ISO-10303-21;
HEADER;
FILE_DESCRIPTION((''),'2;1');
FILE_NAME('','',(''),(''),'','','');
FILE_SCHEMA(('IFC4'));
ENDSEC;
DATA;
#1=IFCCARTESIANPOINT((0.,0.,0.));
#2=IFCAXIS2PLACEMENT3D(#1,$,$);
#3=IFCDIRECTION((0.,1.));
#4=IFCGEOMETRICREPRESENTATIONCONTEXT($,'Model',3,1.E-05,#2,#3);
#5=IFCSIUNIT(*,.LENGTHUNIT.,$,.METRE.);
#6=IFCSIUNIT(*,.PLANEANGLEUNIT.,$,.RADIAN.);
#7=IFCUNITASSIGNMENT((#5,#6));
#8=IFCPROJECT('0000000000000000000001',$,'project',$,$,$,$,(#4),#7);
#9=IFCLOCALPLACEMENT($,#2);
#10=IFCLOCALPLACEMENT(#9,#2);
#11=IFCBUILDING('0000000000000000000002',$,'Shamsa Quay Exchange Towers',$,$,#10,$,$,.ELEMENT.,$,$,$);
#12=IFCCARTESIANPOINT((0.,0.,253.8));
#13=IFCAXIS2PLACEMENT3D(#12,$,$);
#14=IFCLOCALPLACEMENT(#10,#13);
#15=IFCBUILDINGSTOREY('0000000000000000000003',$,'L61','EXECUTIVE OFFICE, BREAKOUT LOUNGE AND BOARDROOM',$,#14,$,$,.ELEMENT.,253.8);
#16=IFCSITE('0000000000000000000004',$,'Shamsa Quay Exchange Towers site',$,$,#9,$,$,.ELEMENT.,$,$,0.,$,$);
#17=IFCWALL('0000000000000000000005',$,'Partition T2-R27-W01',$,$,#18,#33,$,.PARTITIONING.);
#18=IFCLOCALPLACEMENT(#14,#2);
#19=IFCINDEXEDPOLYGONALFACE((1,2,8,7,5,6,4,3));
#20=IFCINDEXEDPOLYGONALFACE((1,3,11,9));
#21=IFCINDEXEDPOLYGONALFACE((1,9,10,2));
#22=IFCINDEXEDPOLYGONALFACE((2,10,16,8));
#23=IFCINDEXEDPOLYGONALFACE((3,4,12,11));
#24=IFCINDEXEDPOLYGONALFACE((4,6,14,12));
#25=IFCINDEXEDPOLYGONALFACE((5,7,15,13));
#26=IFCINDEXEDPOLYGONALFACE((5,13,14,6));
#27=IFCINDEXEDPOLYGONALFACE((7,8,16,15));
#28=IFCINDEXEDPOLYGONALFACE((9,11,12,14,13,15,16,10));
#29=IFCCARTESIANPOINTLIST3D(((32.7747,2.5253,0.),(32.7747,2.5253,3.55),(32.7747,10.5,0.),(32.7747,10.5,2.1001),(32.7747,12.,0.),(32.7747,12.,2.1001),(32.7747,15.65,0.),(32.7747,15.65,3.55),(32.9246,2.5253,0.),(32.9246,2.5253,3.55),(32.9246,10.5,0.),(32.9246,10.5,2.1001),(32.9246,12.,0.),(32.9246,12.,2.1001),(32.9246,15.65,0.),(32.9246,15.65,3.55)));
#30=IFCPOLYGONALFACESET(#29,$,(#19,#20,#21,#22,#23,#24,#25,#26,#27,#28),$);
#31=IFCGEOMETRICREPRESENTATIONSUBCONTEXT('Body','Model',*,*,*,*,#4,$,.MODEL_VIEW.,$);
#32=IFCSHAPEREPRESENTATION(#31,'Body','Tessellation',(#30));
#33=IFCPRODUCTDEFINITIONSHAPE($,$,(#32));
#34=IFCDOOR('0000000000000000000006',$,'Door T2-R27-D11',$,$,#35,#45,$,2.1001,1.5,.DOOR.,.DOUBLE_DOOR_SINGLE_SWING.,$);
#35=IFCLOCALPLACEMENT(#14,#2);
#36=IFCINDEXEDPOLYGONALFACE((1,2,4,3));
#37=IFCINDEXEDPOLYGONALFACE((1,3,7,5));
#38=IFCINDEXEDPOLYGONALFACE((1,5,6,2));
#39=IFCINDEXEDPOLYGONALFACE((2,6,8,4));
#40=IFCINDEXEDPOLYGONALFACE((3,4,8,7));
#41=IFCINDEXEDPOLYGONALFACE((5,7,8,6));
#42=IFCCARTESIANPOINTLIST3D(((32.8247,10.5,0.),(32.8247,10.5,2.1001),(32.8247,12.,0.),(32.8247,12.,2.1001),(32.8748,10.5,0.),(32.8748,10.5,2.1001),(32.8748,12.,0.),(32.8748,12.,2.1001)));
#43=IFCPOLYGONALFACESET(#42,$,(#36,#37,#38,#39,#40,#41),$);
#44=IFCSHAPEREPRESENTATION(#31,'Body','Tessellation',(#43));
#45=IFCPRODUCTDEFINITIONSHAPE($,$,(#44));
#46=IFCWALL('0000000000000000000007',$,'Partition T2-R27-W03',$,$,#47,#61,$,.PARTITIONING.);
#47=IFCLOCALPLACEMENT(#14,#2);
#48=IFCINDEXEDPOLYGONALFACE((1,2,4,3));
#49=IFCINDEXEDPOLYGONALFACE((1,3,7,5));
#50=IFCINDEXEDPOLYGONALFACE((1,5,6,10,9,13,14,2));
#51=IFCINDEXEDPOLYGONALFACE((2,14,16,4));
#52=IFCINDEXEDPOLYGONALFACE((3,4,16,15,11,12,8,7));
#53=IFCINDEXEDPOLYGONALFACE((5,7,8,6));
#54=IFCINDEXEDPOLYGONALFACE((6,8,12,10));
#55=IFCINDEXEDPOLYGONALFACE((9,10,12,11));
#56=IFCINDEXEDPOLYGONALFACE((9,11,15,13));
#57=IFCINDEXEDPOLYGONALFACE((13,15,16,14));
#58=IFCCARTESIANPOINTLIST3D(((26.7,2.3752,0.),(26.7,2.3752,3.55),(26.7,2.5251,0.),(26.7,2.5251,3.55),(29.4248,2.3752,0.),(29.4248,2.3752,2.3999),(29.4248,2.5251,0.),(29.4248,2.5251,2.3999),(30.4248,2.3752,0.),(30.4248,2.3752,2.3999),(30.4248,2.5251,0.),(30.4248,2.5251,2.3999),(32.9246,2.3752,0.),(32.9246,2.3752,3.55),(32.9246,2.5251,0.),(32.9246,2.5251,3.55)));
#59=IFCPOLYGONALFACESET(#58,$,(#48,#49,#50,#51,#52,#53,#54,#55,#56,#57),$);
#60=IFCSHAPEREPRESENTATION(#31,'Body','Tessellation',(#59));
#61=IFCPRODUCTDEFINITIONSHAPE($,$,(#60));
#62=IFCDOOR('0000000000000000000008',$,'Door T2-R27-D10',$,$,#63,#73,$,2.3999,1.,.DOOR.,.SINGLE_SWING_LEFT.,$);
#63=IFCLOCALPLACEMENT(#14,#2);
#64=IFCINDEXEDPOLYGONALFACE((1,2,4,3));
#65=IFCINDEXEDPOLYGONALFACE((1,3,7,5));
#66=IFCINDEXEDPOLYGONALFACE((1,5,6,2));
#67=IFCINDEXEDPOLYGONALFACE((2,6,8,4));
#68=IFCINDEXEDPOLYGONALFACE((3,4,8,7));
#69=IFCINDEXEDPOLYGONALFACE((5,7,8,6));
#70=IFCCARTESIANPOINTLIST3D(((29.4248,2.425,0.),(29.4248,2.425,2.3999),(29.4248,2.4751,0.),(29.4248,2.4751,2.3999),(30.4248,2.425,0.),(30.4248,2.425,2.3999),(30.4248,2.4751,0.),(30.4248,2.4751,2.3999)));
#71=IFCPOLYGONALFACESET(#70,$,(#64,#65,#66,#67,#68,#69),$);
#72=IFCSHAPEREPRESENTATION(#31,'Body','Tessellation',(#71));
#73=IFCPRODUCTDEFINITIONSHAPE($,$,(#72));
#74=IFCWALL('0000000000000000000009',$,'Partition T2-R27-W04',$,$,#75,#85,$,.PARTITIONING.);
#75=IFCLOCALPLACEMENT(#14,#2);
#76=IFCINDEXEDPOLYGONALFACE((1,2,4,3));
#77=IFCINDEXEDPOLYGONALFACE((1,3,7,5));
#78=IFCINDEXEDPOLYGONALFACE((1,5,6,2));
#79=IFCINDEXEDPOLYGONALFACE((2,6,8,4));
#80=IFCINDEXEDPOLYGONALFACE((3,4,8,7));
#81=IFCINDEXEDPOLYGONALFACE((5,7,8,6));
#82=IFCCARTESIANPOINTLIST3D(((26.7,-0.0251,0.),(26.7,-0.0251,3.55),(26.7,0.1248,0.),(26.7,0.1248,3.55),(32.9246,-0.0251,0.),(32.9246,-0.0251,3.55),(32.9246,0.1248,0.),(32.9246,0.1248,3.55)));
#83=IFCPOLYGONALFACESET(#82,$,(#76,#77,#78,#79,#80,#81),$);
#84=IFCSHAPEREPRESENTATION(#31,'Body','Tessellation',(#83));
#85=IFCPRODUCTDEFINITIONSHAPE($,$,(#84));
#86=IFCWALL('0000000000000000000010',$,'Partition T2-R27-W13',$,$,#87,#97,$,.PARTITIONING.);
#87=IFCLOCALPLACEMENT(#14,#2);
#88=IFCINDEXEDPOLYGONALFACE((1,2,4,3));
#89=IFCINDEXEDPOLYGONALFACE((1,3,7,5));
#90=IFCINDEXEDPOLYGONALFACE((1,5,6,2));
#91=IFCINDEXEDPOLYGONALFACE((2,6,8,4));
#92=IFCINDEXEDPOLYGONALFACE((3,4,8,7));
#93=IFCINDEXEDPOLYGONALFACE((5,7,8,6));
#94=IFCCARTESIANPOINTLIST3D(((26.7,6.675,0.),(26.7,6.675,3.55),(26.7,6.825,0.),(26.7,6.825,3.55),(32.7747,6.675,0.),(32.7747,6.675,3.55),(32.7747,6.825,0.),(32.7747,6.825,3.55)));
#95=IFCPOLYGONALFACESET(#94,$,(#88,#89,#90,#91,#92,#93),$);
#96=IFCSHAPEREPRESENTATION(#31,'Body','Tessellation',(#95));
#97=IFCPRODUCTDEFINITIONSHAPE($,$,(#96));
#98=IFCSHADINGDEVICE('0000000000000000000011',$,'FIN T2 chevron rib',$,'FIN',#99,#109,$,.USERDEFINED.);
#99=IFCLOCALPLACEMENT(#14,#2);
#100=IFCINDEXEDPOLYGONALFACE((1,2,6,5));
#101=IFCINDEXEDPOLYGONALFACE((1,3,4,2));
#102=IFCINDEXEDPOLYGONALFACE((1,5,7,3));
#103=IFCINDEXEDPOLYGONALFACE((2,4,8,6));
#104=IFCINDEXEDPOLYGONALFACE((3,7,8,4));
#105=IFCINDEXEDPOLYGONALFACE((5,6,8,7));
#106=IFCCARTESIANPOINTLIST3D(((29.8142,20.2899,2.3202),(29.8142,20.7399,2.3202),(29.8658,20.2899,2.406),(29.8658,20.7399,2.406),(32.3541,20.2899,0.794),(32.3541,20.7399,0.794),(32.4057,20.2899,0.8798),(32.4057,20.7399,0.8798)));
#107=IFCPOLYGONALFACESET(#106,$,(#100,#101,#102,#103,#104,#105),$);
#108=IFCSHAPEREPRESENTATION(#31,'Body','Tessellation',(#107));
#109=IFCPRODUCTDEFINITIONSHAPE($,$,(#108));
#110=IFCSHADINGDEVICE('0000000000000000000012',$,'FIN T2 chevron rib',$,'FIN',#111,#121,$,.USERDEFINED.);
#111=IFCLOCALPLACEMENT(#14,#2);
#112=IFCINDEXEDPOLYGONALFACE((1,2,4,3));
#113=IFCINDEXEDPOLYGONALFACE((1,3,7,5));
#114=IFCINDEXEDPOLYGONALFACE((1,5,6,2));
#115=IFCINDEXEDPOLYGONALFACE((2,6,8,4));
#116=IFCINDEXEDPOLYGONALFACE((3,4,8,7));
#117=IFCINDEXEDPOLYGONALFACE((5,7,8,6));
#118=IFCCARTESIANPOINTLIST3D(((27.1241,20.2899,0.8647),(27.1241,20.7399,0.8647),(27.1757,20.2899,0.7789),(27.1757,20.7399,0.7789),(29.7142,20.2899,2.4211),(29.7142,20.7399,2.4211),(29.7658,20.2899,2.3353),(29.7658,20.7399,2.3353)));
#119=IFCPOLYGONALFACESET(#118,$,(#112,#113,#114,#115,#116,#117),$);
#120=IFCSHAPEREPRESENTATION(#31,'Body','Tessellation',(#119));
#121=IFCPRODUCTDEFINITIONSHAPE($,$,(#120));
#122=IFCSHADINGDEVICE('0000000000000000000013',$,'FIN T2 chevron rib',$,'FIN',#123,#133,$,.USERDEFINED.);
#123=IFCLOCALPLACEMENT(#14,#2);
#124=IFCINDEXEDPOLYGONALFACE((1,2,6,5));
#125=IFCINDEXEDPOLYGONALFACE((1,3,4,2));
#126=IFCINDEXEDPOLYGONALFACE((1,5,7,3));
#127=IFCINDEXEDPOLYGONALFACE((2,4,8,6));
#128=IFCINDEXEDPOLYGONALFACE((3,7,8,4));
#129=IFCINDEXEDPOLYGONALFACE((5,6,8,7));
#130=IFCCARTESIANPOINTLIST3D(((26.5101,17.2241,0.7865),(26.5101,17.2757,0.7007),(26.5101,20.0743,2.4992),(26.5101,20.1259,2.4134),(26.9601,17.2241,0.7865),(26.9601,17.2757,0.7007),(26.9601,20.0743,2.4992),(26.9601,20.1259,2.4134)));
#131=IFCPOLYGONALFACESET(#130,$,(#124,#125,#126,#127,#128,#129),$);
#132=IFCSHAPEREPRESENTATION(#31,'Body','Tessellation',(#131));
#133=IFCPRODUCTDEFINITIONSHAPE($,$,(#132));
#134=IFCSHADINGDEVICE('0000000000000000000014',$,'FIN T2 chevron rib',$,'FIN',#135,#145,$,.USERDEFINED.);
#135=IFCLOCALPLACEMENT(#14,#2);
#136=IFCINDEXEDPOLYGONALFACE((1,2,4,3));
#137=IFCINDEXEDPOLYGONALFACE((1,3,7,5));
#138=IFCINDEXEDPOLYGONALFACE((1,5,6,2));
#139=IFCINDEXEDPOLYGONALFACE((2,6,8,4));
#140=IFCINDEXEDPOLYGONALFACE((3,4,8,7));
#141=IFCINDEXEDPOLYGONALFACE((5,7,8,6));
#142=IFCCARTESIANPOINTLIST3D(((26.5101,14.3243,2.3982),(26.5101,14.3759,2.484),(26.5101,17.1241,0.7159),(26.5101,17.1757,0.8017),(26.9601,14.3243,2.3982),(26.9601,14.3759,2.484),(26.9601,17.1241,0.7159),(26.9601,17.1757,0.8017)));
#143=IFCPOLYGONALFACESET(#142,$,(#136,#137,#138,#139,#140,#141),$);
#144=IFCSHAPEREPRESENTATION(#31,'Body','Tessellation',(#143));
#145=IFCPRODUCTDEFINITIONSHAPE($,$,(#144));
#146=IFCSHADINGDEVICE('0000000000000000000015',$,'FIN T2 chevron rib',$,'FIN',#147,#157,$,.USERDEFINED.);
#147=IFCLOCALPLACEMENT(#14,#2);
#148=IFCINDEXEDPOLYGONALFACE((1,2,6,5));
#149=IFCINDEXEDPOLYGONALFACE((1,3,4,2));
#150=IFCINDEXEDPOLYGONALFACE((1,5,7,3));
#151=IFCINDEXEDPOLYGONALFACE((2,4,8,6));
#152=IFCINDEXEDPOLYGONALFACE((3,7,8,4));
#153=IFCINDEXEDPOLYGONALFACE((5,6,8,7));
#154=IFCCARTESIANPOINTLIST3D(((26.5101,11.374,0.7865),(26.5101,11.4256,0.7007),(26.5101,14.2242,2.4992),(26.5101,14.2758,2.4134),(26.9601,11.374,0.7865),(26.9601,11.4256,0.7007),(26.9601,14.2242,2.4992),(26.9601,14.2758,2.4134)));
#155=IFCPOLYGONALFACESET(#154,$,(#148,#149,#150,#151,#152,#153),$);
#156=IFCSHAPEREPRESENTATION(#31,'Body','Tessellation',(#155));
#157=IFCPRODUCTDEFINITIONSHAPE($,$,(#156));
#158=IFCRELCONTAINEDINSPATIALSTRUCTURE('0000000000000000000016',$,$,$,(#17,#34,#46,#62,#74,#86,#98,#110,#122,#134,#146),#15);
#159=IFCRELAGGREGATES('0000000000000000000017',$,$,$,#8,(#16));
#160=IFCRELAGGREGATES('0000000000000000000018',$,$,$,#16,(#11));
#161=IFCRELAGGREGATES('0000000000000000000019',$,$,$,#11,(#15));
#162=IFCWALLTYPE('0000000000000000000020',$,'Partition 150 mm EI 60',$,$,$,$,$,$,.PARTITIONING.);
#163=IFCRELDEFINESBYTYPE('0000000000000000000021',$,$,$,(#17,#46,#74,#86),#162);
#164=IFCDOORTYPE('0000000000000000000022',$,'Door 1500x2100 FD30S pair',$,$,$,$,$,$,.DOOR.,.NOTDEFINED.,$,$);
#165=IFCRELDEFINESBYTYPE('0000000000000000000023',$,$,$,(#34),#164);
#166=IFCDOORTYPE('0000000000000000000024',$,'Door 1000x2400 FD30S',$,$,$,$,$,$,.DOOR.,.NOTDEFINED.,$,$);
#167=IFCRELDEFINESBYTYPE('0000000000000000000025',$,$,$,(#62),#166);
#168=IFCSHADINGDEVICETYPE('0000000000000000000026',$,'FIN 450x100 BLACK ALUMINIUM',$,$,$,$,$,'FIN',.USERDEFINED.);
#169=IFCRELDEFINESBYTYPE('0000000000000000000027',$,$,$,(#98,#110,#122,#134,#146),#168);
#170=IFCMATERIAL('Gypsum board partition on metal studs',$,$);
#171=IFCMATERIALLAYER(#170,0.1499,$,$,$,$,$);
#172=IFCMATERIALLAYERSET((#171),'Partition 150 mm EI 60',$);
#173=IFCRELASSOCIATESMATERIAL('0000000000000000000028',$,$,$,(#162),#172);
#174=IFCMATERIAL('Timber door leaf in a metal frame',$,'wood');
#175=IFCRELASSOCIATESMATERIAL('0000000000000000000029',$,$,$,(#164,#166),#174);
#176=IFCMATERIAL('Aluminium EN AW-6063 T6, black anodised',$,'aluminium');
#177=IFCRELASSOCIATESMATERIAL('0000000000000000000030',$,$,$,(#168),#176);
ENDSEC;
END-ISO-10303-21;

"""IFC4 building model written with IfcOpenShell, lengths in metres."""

from ifc_helpers import new_model, si_unit, direction, frame, frame_2d, origin, origin_2d, place, context, subcontext, project, spatial, rectangle, extrude, material, layer, layer_set, material_profile, profile_set, type_object, element, fill, save


model = new_model("IFC4")

# Units and contexts
model_context = context("Model", 3, precision=1e-05, world=origin(), true_north=direction((0.0, 1.0)))
body_context = subcontext(model_context, "Body", "Model", "MODEL_VIEW")
ifc_project = project(units=[si_unit("LENGTHUNIT", "METRE"), si_unit("PLANEANGLEUNIT", "RADIAN")], contexts=[model_context])

# Site, building, storey
site_placement = place(None, origin())
site = spatial("IfcSite", under=ifc_project, at=site_placement, Name="Shamsa Quay Exchange Towers site", CompositionType="ELEMENT", RefElevation=0.0)
building_placement = place(site_placement, origin())
building = spatial("IfcBuilding", under=site, at=building_placement, Name="Shamsa Quay Exchange Towers", CompositionType="ELEMENT")
storey_placement = place(building_placement, frame((0.0, 0.0, 253.8)))
storey = spatial("IfcBuildingStorey", under=building, at=storey_placement, Name="L61", Description="EXECUTIVE OFFICE, BREAKOUT LOUNGE AND BOARDROOM", CompositionType="ELEMENT", Elevation=253.8)

# Shared definitions
ifc_material_1 = material(Name="Aluminium EN AW-6063 T6, black anodised", Category="aluminium")

# Shared definitions
ifc_material_2 = material(Name="Timber door leaf in a metal frame", Category="wood")

# Walls, openings, doors
ifc_material_3 = material(Name="Gypsum board partition on metal studs")
ifc_layer_1 = layer(ifc_material_3, 0.1499)
ifc_layer_set_1 = layer_set([ifc_layer_1], Name="Partition 150 mm EI 60")
wall_type_1 = type_object("IfcWallType", Name="Partition 150 mm EI 60", PredefinedType="PARTITIONING", material=ifc_layer_set_1)
wall_1_placement = place(storey_placement, frame((32.8496, 2.5251, 0.0), z_axis=(0.0, 0.0, 1.0), x_axis=(0.0, 1.0, 0.0)))
wall_1 = element("IfcWall", 1, at=wall_1_placement, inside=storey, type_object=wall_type_1, Name="Partition T2-R27-W01", PredefinedType="PARTITIONING", context=body_context, shape_type="SweptSolid", body=[
    extrude(rectangle(XDim=13.1248, YDim=0.1499, at=frame_2d((6.5625, 0.0))), origin(), (0.0, 0.0, 1.0), 3.55),
])
opening_1_placement = place(wall_1_placement, frame((7.9749, 0.0, 0.0)))
opening_1 = element("IfcOpeningElement", 2, at=opening_1_placement, cuts=wall_1, PredefinedType="OPENING", context=body_context, shape_type="SweptSolid", body=[
    extrude(rectangle(XDim=1.5, YDim=2.1001, at=frame_2d((0.75, 1.05))), frame((0.0, 0.085, 0.0), z_axis=(0.0, -1.0, 0.0), x_axis=(1.0, 0.0, 0.0)), (0.0, 0.0, 1.0), 0.1699),
])
door_type_1 = type_object("IfcDoorType", Name="Door 1500x2100 FD30S pair", OperationType="NOTDEFINED", PredefinedType="DOOR", material=ifc_material_2)
door_1_placement = place(opening_1_placement, origin())
door_1 = element("IfcDoor", 3, at=door_1_placement, inside=storey, type_object=door_type_1, Name="Door T2-R27-D11", OperationType="DOUBLE_DOOR_SINGLE_SWING", OverallHeight=2.1001, OverallWidth=1.5, PredefinedType="DOOR", context=body_context, shape_type="SweptSolid", body=[
    extrude(rectangle(XDim=1.5, YDim=2.1001, at=frame_2d((0.75, 1.05))), frame((0.0, 0.0249, 0.0), z_axis=(0.0, -1.0, 0.0), x_axis=(1.0, 0.0, 0.0)), (0.0, 0.0, 1.0), 0.05),
])
fill(opening_1, door_1)
wall_2_placement = place(storey_placement, frame((26.7, 2.4502, 0.0)))
wall_2 = element("IfcWall", 4, at=wall_2_placement, inside=storey, type_object=wall_type_1, Name="Partition T2-R27-W03", PredefinedType="PARTITIONING", context=body_context, shape_type="SweptSolid", body=[
    extrude(rectangle(XDim=6.2246, YDim=0.1499, at=frame_2d((3.1123, 0.0))), origin(), (0.0, 0.0, 1.0), 3.55),
])
opening_2_placement = place(wall_2_placement, frame((2.7249, 0.0, 0.0)))
opening_2 = element("IfcOpeningElement", 5, at=opening_2_placement, cuts=wall_2, PredefinedType="OPENING", context=body_context, shape_type="SweptSolid", body=[
    extrude(rectangle(XDim=1.0, YDim=2.3999, at=frame_2d((0.5, 1.2))), frame((0.0, 0.085, 0.0), z_axis=(0.0, -1.0, 0.0), x_axis=(1.0, 0.0, 0.0)), (0.0, 0.0, 1.0), 0.1699),
])
door_type_2 = type_object("IfcDoorType", Name="Door 1000x2400 FD30S", OperationType="NOTDEFINED", PredefinedType="DOOR", material=ifc_material_2)
door_2_placement = place(opening_2_placement, origin())
door_2 = element("IfcDoor", 6, at=door_2_placement, inside=storey, type_object=door_type_2, Name="Door T2-R27-D10", OperationType="SINGLE_SWING_LEFT", OverallHeight=2.3999, OverallWidth=1.0, PredefinedType="DOOR", context=body_context, shape_type="SweptSolid", body=[
    extrude(rectangle(XDim=1.0, YDim=2.3999, at=frame_2d((0.5, 1.2))), frame((0.0, 0.0249, 0.0), z_axis=(0.0, -1.0, 0.0), x_axis=(1.0, 0.0, 0.0)), (0.0, 0.0, 1.0), 0.05),
])
fill(opening_2, door_2)

# Walls
wall_3_placement = place(storey_placement, frame((32.9246, 0.0498, 0.0), z_axis=(0.0, 0.0, 1.0), x_axis=(-1.0, 0.0, 0.0)))
element("IfcWall", 7, at=wall_3_placement, inside=storey, type_object=wall_type_1, Name="Partition T2-R27-W04", PredefinedType="PARTITIONING", context=body_context, shape_type="SweptSolid", body=[
    extrude(rectangle(XDim=6.2246, YDim=0.1499, at=frame_2d((3.1123, 0.0))), origin(), (0.0, 0.0, 1.0), 3.55),
])
wall_4_placement = place(storey_placement, frame((32.7747, 6.75, 0.0), z_axis=(0.0, 0.0, 1.0), x_axis=(-1.0, 0.0, 0.0)))
element("IfcWall", 8, at=wall_4_placement, inside=storey, type_object=wall_type_1, Name="Partition T2-R27-W13", PredefinedType="PARTITIONING", context=body_context, shape_type="SweptSolid", body=[
    extrude(rectangle(XDim=6.0747, YDim=0.1499, at=frame_2d((3.0374, 0.0))), origin(), (0.0, 0.0, 1.0), 3.55),
])

# Shading devices
ifc_material_profile_1 = material_profile(ifc_material_1, rectangle(XDim=0.45, YDim=0.1001, at=origin_2d()), Name="FIN450x100")
ifc_profile_set_1 = profile_set([ifc_material_profile_1], Name="Aluminium EN AW-6063 T6, black anodised")
shading_device_type = type_object("IfcShadingDeviceType", Name="FIN 450x100 BLACK ALUMINIUM", ElementType="FIN", PredefinedType="USERDEFINED", material=ifc_profile_set_1)
shading_device_1_placement = place(storey_placement, frame((32.3799, 20.5149, 0.8369), z_axis=(-0.857158, 0.0, 0.515053), x_axis=(0.0, -1.0, 0.0)))
element("IfcShadingDevice", 9, at=shading_device_1_placement, inside=storey, type_object=shading_device_type, Name="FIN T2 chevron rib", ObjectType="FIN", PredefinedType="USERDEFINED", context=body_context, shape_type="SweptSolid", body=[
    extrude(rectangle(XDim=0.45, YDim=0.1001, at=origin_2d()), origin(), (0.0, 0.0, 1.0), 2.9631),
])
shading_device_2_placement = place(storey_placement, frame((29.74, 20.5149, 2.3782), z_axis=(-0.857151, 0.0, -0.515066), x_axis=(0.0, -1.0, 0.0)))
element("IfcShadingDevice", 10, at=shading_device_2_placement, inside=storey, type_object=shading_device_type, Name="FIN T2 chevron rib", ObjectType="FIN", PredefinedType="USERDEFINED", context=body_context, shape_type="SweptSolid", body=[
    extrude(rectangle(XDim=0.45, YDim=0.1001, at=origin_2d()), origin(), (0.0, 0.0, 1.0), 3.0217),
])
shading_device_3_placement = place(storey_placement, frame((26.7351, 20.1001, 2.4563), z_axis=(0.0, -0.857149, -0.515068), x_axis=(1.0, 0.0, 0.0)))
element("IfcShadingDevice", 11, at=shading_device_3_placement, inside=storey, type_object=shading_device_type, Name="FIN T2 chevron rib", ObjectType="FIN", PredefinedType="USERDEFINED", context=body_context, shape_type="SweptSolid", body=[
    extrude(rectangle(XDim=0.45, YDim=0.1001, at=origin_2d()), origin(), (0.0, 0.0, 1.0), 3.3252),
])
shading_device_4_placement = place(storey_placement, frame((26.7351, 17.1499, 0.7588), z_axis=(0.0, -0.857156, 0.515056), x_axis=(1.0, 0.0, 0.0)))
element("IfcShadingDevice", 12, at=shading_device_4_placement, inside=storey, type_object=shading_device_type, Name="FIN T2 chevron rib", ObjectType="FIN", PredefinedType="USERDEFINED", context=body_context, shape_type="SweptSolid", body=[
    extrude(rectangle(XDim=0.45, YDim=0.1001, at=origin_2d()), origin(), (0.0, 0.0, 1.0), 3.2664),
])
shading_device_5_placement = place(storey_placement, frame((26.7351, 14.25, 2.4563), z_axis=(0.0, -0.857149, -0.515068), x_axis=(1.0, 0.0, 0.0)))
element("IfcShadingDevice", 13, at=shading_device_5_placement, inside=storey, type_object=shading_device_type, Name="FIN T2 chevron rib", ObjectType="FIN", PredefinedType="USERDEFINED", context=body_context, shape_type="SweptSolid", body=[
    extrude(rectangle(XDim=0.45, YDim=0.1001, at=origin_2d()), origin(), (0.0, 0.0, 1.0), 3.3252),
])

save(model, "model.ifc")
